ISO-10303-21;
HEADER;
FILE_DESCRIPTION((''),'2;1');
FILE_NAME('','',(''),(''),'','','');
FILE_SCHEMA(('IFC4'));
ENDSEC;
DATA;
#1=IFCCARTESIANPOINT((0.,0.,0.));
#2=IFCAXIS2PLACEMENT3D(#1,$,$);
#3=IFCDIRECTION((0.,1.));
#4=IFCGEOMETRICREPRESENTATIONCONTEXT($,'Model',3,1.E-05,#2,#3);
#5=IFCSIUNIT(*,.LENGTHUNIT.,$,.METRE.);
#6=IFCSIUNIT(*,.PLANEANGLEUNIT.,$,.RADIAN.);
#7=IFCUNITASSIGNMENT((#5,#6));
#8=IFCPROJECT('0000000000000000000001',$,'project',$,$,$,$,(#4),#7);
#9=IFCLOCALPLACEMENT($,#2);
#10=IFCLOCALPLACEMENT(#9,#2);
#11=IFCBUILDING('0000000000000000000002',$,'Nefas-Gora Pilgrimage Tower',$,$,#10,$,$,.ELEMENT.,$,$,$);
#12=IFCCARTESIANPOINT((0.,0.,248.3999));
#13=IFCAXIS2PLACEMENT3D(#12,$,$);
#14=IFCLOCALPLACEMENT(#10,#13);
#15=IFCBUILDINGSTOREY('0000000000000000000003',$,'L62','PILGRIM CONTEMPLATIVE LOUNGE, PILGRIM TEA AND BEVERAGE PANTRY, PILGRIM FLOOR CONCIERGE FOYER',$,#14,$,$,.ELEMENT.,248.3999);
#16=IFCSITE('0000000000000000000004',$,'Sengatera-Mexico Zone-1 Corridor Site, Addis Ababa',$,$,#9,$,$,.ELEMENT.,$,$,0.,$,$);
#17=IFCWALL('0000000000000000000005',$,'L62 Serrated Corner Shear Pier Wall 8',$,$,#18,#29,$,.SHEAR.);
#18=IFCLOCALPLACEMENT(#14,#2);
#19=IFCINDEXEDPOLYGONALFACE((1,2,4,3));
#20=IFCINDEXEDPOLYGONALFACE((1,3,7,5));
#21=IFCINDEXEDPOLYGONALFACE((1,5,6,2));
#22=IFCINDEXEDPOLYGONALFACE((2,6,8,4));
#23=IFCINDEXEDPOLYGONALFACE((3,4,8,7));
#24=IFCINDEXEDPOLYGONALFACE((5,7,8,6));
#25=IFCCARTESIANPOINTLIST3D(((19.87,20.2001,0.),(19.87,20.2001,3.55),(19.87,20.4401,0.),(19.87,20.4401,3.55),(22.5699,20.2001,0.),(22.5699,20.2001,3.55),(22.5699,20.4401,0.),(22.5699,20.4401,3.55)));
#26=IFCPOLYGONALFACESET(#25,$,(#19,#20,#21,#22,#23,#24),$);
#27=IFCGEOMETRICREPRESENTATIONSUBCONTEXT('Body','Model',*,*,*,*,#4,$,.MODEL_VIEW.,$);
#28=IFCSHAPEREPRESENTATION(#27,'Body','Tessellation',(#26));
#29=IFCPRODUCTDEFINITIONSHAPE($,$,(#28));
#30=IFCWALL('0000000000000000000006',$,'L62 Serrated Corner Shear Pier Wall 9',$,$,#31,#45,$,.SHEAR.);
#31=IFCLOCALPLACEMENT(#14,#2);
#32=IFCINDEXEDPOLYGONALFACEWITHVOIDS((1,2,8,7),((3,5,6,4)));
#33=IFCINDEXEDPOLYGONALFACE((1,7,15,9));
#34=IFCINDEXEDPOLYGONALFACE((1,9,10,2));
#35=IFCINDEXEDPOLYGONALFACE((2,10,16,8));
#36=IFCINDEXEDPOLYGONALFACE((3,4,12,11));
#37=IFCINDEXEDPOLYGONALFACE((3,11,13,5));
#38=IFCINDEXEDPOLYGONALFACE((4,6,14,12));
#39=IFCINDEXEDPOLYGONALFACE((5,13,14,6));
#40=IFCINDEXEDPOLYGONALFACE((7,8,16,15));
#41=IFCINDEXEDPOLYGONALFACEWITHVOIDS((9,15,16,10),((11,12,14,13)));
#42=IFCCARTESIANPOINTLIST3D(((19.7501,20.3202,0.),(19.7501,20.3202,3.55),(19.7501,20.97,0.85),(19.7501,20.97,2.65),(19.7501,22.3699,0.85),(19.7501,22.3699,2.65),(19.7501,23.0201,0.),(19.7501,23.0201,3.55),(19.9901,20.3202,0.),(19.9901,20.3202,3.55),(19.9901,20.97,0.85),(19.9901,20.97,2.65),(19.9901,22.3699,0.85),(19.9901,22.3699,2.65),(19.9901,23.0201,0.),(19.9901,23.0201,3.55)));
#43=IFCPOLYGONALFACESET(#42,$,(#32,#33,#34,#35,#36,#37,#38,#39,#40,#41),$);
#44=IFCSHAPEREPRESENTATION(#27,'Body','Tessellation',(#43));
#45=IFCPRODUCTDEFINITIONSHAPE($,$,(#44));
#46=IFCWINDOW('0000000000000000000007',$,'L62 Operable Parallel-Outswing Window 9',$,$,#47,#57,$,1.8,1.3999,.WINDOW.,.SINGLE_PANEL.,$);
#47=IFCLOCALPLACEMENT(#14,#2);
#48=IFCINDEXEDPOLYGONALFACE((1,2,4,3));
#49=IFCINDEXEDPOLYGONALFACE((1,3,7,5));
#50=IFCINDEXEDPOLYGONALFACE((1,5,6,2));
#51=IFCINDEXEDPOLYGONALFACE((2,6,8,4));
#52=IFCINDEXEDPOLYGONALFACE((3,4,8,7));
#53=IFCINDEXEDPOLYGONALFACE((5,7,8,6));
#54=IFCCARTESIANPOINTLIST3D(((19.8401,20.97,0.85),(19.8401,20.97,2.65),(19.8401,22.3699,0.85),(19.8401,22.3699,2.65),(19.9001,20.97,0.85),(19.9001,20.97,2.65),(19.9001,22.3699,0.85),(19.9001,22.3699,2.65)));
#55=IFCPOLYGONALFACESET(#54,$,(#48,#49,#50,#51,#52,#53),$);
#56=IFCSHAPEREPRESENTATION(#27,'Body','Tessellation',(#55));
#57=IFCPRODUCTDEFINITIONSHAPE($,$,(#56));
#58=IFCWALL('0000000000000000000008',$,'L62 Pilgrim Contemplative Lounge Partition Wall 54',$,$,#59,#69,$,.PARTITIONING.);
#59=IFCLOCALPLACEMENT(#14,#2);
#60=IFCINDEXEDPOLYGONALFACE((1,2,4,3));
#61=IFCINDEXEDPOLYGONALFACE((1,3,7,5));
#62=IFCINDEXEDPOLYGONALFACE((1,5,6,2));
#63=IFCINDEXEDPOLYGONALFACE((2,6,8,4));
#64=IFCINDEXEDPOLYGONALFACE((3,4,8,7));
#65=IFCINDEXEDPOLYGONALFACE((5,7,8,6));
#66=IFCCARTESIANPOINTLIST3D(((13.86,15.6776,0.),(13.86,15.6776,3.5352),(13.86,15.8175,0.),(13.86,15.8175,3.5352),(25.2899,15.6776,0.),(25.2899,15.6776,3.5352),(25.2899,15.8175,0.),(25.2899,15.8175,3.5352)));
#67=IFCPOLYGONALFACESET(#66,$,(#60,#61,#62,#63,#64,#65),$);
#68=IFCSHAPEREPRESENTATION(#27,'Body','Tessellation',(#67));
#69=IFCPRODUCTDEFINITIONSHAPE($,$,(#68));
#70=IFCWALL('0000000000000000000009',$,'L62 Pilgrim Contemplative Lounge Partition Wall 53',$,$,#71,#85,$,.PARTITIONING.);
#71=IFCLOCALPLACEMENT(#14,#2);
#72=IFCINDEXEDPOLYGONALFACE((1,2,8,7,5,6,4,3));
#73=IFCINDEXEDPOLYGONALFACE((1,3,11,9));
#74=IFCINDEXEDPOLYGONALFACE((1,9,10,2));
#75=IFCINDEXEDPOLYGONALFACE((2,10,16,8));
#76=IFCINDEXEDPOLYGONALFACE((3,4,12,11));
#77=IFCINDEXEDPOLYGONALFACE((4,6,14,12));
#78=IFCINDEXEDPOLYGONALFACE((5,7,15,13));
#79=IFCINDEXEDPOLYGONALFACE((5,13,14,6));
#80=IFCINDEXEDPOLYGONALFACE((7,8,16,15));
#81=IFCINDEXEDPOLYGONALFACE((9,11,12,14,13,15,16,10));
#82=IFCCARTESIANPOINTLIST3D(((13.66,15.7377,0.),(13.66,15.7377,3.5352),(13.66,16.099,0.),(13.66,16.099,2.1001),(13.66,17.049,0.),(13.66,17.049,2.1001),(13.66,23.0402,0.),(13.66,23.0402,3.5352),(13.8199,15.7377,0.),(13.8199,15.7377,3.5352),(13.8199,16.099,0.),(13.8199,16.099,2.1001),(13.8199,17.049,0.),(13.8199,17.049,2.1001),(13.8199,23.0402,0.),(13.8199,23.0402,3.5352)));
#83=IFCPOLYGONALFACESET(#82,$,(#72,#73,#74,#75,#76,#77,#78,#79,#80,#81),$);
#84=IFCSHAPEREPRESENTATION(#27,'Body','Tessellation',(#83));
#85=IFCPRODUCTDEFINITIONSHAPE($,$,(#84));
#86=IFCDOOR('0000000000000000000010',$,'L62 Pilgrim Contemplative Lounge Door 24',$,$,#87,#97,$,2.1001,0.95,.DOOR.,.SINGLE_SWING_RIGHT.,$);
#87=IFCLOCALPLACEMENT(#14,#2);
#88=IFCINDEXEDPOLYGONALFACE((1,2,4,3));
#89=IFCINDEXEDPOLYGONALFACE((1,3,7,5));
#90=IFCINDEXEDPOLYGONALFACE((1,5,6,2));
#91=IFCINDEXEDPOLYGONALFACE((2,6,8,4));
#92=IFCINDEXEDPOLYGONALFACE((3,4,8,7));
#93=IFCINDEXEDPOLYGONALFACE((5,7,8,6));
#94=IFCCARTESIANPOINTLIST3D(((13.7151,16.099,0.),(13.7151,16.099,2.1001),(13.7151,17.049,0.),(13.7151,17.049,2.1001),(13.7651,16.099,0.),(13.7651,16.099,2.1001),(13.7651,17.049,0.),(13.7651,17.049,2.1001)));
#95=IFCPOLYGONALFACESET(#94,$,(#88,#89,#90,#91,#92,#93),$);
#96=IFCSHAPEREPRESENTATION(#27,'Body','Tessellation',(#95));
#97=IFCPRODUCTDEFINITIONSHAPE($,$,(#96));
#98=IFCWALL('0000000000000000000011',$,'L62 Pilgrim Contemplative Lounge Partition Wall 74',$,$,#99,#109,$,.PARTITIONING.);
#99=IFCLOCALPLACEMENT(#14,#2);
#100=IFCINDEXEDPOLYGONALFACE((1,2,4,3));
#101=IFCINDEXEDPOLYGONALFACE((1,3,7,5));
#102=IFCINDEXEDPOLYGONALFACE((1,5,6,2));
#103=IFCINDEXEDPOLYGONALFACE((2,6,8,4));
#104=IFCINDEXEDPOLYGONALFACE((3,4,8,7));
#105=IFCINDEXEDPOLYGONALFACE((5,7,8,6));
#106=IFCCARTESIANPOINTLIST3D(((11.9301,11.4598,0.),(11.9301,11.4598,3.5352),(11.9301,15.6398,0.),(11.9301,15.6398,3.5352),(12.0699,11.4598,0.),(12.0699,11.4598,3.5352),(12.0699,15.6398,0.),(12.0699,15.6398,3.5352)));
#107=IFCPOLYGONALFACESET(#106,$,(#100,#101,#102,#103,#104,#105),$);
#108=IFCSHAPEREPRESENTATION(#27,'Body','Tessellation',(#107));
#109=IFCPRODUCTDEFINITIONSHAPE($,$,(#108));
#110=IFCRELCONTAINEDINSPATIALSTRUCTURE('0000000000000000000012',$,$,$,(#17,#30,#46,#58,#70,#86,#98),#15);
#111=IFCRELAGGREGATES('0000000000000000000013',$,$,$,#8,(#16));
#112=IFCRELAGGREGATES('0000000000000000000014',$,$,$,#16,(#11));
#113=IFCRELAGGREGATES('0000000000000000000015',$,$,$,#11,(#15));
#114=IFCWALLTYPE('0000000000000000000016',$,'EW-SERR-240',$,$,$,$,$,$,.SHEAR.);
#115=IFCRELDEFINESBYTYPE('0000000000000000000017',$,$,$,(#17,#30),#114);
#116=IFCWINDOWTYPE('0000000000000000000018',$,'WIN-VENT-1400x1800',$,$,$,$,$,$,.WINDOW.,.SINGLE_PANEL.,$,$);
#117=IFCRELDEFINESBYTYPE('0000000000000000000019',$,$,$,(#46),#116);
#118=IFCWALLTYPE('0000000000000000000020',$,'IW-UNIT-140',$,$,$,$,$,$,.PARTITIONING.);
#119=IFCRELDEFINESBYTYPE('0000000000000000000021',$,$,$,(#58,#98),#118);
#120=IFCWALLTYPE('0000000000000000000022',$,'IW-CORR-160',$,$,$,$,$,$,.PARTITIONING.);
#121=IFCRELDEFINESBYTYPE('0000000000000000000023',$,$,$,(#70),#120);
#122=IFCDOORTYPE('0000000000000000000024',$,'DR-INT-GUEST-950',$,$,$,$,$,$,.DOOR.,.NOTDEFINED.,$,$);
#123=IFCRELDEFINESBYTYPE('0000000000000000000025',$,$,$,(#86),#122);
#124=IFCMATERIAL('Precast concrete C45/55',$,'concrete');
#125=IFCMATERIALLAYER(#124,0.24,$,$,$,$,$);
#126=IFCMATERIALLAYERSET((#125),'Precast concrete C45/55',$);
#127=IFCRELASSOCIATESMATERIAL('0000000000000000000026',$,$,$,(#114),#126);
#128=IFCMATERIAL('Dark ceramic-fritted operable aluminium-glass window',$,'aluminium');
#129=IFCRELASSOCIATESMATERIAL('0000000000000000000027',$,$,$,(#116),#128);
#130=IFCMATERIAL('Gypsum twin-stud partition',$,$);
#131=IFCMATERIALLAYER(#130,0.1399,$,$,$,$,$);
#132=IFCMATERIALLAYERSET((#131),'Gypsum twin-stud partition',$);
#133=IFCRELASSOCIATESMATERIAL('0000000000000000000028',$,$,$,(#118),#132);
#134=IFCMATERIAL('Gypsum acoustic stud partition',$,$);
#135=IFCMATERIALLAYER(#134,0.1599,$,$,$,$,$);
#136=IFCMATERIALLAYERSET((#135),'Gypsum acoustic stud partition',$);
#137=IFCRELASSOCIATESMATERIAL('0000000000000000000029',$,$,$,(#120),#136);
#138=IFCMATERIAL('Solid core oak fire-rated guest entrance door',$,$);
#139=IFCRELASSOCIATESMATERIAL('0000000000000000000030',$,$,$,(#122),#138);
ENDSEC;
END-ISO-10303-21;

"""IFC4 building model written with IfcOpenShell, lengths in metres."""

from ifc_helpers import new_model, si_unit, direction, frame, frame_2d, origin, place, context, subcontext, project, spatial, rectangle, extrude, source, transform, mapped, material, layer, layer_set, type_object, element, fill, save


model = new_model("IFC4")

# Units and contexts
model_context = context("Model", 3, precision=1e-05, world=origin(), true_north=direction((0.0, 1.0)))
body_context = subcontext(model_context, "Body", "Model", "MODEL_VIEW")
ifc_project = project(units=[si_unit("LENGTHUNIT", "METRE"), si_unit("PLANEANGLEUNIT", "RADIAN")], contexts=[model_context])

# Site, building, storey
site_placement = place(None, origin())
site = spatial("IfcSite", under=ifc_project, at=site_placement, Name="Sengatera-Mexico Zone-1 Corridor Site, Addis Ababa", CompositionType="ELEMENT", RefElevation=0.0)
building_placement = place(site_placement, origin())
building = spatial("IfcBuilding", under=site, at=building_placement, Name="Nefas-Gora Pilgrimage Tower", CompositionType="ELEMENT")
storey_placement = place(building_placement, frame((0.0, 0.0, 248.3999)))
storey = spatial("IfcBuildingStorey", under=building, at=storey_placement, Name="L62", Description="PILGRIM CONTEMPLATIVE LOUNGE, PILGRIM TEA AND BEVERAGE PANTRY, PILGRIM FLOOR CONCIERGE FOYER", CompositionType="ELEMENT", Elevation=248.3999)

# Wall
ifc_material_1 = material(Name="Precast concrete C45/55", Category="concrete")
ifc_layer_1 = layer(ifc_material_1, 0.24)
ifc_layer_set_1 = layer_set([ifc_layer_1], Name="Precast concrete C45/55")
wall_type_1 = type_object("IfcWallType", Name="EW-SERR-240", PredefinedType="SHEAR", material=ifc_layer_set_1)
shared_shape_1 = source(origin(), body_context, "Body", "SweptSolid", [
    extrude(rectangle(XDim=2.7, YDim=0.24, at=frame_2d((1.3501, 0.0))), origin(), (0.0, 0.0, 1.0), 3.55),
])
for number, where, z_axis, x_axis, name in (
    (1, (22.5701, 20.3201, 0.0), (0.0, 0.0, 1.0), (-1.0, 0.0, 0.0), "L62 Serrated Corner Shear Pier Wall 8"),
):
    element("IfcWall", number, at=place(storey_placement, frame(where, z_axis=z_axis, x_axis=x_axis)), inside=storey, type_object=wall_type_1, Name=name, PredefinedType="SHEAR", context=body_context, shape_type="MappedRepresentation", body=[
        mapped(shared_shape_1, transform((0.0, 0.0, 0.0), x_axis=(1.0, 0.0, 0.0), y_axis=(0.0, 1.0, 0.0), z_axis=(0.0, 0.0, 1.0), scale=1.0)),
    ])

# Wall, opening, window
wall_1_placement = place(storey_placement, frame((19.8701, 20.3201, 0.0), z_axis=(0.0, 0.0, 1.0), x_axis=(0.0, 1.0, 0.0)))
wall_1 = element("IfcWall", 2, at=wall_1_placement, inside=storey, type_object=wall_type_1, Name="L62 Serrated Corner Shear Pier Wall 9", PredefinedType="SHEAR", context=body_context, shape_type="MappedRepresentation", body=[
    mapped(shared_shape_1, transform((0.0, 0.0, 0.0), x_axis=(1.0, 0.0, 0.0), y_axis=(0.0, 1.0, 0.0), z_axis=(0.0, 0.0, 1.0), scale=1.0)),
])
opening_1_placement = place(wall_1_placement, frame((0.6499, 0.0, 0.8501)))
opening_1 = element("IfcOpeningElement", 3, at=opening_1_placement, cuts=wall_1, PredefinedType="OPENING", context=body_context, shape_type="SweptSolid", body=[
    extrude(rectangle(XDim=1.3999, YDim=1.8, at=frame_2d((0.7, 0.8999))), frame((0.0, 0.1299, 0.0), z_axis=(0.0, -1.0, 0.0), x_axis=(1.0, 0.0, 0.0)), (0.0, 0.0, 1.0), 0.26),
])
ifc_material_2 = material(Name="Dark ceramic-fritted operable aluminium-glass window", Category="aluminium")
window_type = type_object("IfcWindowType", Name="WIN-VENT-1400x1800", PartitioningType="SINGLE_PANEL", PredefinedType="WINDOW", material=ifc_material_2)
shared_shape_2 = source(origin(), body_context, "Body", "SweptSolid", [
    extrude(rectangle(XDim=1.3999, YDim=1.8, at=frame_2d((0.7, 0.8999))), frame((0.0, 0.03, 0.0), z_axis=(0.0, -1.0, 0.0), x_axis=(1.0, 0.0, 0.0)), (0.0, 0.0, 1.0), 0.0601),
])
window_placement = place(opening_1_placement, origin())
window = element("IfcWindow", 4, at=window_placement, inside=storey, type_object=window_type, Name="L62 Operable Parallel-Outswing Window 9", OverallHeight=1.8, OverallWidth=1.3999, PartitioningType="SINGLE_PANEL", PredefinedType="WINDOW", context=body_context, shape_type="MappedRepresentation", body=[
    mapped(shared_shape_2, transform((0.0, 0.0, 0.0), x_axis=(1.0, 0.0, 0.0), y_axis=(0.0, 1.0, 0.0), z_axis=(0.0, 0.0, 1.0), scale=1.0)),
])
fill(opening_1, window)

# Wall
ifc_material_3 = material(Name="Gypsum twin-stud partition")
ifc_layer_2 = layer(ifc_material_3, 0.1399)
ifc_layer_set_2 = layer_set([ifc_layer_2], Name="Gypsum twin-stud partition")
wall_type_2 = type_object("IfcWallType", Name="IW-UNIT-140", PredefinedType="PARTITIONING", material=ifc_layer_set_2)
shared_shape_3 = source(origin(), body_context, "Body", "SweptSolid", [
    extrude(rectangle(XDim=11.4299, YDim=0.1399, at=frame_2d((5.7148, 0.0))), origin(), (0.0, 0.0, 1.0), 3.5352),
])
wall_2_placement = place(storey_placement, frame((13.8601, 15.7476, 0.0), z_axis=(0.0, 0.0, 1.0), x_axis=(1.0, 0.0, 0.0)))
element("IfcWall", 5, at=wall_2_placement, inside=storey, type_object=wall_type_2, Name="L62 Pilgrim Contemplative Lounge Partition Wall 54", PredefinedType="PARTITIONING", context=body_context, shape_type="MappedRepresentation", body=[
    mapped(shared_shape_3, transform((0.0, 0.0, 0.0), x_axis=(1.0, 0.0, 0.0), y_axis=(0.0, 1.0, 0.0), z_axis=(0.0, 0.0, 1.0), scale=1.0)),
])

# Wall, opening, door
ifc_material_4 = material(Name="Gypsum acoustic stud partition")
ifc_layer_3 = layer(ifc_material_4, 0.1599)
ifc_layer_set_3 = layer_set([ifc_layer_3], Name="Gypsum acoustic stud partition")
wall_type_3 = type_object("IfcWallType", Name="IW-CORR-160", PredefinedType="PARTITIONING", material=ifc_layer_set_3)
shared_shape_4 = source(origin(), body_context, "Body", "SweptSolid", [
    extrude(rectangle(XDim=7.3025, YDim=0.1599, at=frame_2d((3.6514, 0.0))), origin(), (0.0, 0.0, 1.0), 3.5352),
])
wall_3_placement = place(storey_placement, frame((13.74, 15.7375, 0.0), z_axis=(0.0, 0.0, 1.0), x_axis=(0.0, 1.0, 0.0)))
wall_3 = element("IfcWall", 6, at=wall_3_placement, inside=storey, type_object=wall_type_3, Name="L62 Pilgrim Contemplative Lounge Partition Wall 53", PredefinedType="PARTITIONING", context=body_context, shape_type="MappedRepresentation", body=[
    mapped(shared_shape_4, transform((0.0, 0.0, 0.0), x_axis=(1.0, 0.0, 0.0), y_axis=(0.0, 1.0, 0.0), z_axis=(0.0, 0.0, 1.0), scale=1.0)),
])
opening_2_placement = place(wall_3_placement, frame((0.3613, 0.0, 0.0)))
opening_2 = element("IfcOpeningElement", 7, at=opening_2_placement, cuts=wall_3, PredefinedType="OPENING", context=body_context, shape_type="SweptSolid", body=[
    extrude(rectangle(XDim=0.95, YDim=2.1001, at=frame_2d((0.4751, 1.05))), frame((0.0, 0.0898, 0.0), z_axis=(0.0, -1.0, 0.0), x_axis=(1.0, 0.0, 0.0)), (0.0, 0.0, 1.0), 0.1799),
])
ifc_material_5 = material(Name="Solid core oak fire-rated guest entrance door")
door_type = type_object("IfcDoorType", Name="DR-INT-GUEST-950", OperationType="NOTDEFINED", PredefinedType="DOOR", material=ifc_material_5)
shared_shape_5 = source(origin(), body_context, "Body", "SweptSolid", [
    extrude(rectangle(XDim=0.95, YDim=2.1001, at=frame_2d((0.4751, 1.05))), frame((0.0, 0.0249, 0.0), z_axis=(0.0, -1.0, 0.0), x_axis=(1.0, 0.0, 0.0)), (0.0, 0.0, 1.0), 0.05),
])
door_placement = place(opening_2_placement, origin())
door = element("IfcDoor", 8, at=door_placement, inside=storey, type_object=door_type, Name="L62 Pilgrim Contemplative Lounge Door 24", OperationType="SINGLE_SWING_RIGHT", OverallHeight=2.1001, OverallWidth=0.95, PredefinedType="DOOR", context=body_context, shape_type="MappedRepresentation", body=[
    mapped(shared_shape_5, transform((0.0, 0.0, 0.0), x_axis=(1.0, 0.0, 0.0), y_axis=(0.0, 1.0, 0.0), z_axis=(0.0, 0.0, 1.0), scale=1.0)),
])
fill(opening_2, door)

# Wall
shared_shape_6 = source(origin(), body_context, "Body", "SweptSolid", [
    extrude(rectangle(XDim=4.1799, YDim=0.1399, at=frame_2d((2.0898, 0.0))), origin(), (0.0, 0.0, 1.0), 3.5352),
])
wall_4_placement = place(storey_placement, frame((12.0, 11.46, 0.0), z_axis=(0.0, 0.0, 1.0), x_axis=(0.0, 1.0, 0.0)))
element("IfcWall", 9, at=wall_4_placement, inside=storey, type_object=wall_type_2, Name="L62 Pilgrim Contemplative Lounge Partition Wall 74", PredefinedType="PARTITIONING", context=body_context, shape_type="MappedRepresentation", body=[
    mapped(shared_shape_6, transform((0.0, 0.0, 0.0), x_axis=(1.0, 0.0, 0.0), y_axis=(0.0, 1.0, 0.0), z_axis=(0.0, 0.0, 1.0), scale=1.0)),
])

save(model, "model.ifc")
